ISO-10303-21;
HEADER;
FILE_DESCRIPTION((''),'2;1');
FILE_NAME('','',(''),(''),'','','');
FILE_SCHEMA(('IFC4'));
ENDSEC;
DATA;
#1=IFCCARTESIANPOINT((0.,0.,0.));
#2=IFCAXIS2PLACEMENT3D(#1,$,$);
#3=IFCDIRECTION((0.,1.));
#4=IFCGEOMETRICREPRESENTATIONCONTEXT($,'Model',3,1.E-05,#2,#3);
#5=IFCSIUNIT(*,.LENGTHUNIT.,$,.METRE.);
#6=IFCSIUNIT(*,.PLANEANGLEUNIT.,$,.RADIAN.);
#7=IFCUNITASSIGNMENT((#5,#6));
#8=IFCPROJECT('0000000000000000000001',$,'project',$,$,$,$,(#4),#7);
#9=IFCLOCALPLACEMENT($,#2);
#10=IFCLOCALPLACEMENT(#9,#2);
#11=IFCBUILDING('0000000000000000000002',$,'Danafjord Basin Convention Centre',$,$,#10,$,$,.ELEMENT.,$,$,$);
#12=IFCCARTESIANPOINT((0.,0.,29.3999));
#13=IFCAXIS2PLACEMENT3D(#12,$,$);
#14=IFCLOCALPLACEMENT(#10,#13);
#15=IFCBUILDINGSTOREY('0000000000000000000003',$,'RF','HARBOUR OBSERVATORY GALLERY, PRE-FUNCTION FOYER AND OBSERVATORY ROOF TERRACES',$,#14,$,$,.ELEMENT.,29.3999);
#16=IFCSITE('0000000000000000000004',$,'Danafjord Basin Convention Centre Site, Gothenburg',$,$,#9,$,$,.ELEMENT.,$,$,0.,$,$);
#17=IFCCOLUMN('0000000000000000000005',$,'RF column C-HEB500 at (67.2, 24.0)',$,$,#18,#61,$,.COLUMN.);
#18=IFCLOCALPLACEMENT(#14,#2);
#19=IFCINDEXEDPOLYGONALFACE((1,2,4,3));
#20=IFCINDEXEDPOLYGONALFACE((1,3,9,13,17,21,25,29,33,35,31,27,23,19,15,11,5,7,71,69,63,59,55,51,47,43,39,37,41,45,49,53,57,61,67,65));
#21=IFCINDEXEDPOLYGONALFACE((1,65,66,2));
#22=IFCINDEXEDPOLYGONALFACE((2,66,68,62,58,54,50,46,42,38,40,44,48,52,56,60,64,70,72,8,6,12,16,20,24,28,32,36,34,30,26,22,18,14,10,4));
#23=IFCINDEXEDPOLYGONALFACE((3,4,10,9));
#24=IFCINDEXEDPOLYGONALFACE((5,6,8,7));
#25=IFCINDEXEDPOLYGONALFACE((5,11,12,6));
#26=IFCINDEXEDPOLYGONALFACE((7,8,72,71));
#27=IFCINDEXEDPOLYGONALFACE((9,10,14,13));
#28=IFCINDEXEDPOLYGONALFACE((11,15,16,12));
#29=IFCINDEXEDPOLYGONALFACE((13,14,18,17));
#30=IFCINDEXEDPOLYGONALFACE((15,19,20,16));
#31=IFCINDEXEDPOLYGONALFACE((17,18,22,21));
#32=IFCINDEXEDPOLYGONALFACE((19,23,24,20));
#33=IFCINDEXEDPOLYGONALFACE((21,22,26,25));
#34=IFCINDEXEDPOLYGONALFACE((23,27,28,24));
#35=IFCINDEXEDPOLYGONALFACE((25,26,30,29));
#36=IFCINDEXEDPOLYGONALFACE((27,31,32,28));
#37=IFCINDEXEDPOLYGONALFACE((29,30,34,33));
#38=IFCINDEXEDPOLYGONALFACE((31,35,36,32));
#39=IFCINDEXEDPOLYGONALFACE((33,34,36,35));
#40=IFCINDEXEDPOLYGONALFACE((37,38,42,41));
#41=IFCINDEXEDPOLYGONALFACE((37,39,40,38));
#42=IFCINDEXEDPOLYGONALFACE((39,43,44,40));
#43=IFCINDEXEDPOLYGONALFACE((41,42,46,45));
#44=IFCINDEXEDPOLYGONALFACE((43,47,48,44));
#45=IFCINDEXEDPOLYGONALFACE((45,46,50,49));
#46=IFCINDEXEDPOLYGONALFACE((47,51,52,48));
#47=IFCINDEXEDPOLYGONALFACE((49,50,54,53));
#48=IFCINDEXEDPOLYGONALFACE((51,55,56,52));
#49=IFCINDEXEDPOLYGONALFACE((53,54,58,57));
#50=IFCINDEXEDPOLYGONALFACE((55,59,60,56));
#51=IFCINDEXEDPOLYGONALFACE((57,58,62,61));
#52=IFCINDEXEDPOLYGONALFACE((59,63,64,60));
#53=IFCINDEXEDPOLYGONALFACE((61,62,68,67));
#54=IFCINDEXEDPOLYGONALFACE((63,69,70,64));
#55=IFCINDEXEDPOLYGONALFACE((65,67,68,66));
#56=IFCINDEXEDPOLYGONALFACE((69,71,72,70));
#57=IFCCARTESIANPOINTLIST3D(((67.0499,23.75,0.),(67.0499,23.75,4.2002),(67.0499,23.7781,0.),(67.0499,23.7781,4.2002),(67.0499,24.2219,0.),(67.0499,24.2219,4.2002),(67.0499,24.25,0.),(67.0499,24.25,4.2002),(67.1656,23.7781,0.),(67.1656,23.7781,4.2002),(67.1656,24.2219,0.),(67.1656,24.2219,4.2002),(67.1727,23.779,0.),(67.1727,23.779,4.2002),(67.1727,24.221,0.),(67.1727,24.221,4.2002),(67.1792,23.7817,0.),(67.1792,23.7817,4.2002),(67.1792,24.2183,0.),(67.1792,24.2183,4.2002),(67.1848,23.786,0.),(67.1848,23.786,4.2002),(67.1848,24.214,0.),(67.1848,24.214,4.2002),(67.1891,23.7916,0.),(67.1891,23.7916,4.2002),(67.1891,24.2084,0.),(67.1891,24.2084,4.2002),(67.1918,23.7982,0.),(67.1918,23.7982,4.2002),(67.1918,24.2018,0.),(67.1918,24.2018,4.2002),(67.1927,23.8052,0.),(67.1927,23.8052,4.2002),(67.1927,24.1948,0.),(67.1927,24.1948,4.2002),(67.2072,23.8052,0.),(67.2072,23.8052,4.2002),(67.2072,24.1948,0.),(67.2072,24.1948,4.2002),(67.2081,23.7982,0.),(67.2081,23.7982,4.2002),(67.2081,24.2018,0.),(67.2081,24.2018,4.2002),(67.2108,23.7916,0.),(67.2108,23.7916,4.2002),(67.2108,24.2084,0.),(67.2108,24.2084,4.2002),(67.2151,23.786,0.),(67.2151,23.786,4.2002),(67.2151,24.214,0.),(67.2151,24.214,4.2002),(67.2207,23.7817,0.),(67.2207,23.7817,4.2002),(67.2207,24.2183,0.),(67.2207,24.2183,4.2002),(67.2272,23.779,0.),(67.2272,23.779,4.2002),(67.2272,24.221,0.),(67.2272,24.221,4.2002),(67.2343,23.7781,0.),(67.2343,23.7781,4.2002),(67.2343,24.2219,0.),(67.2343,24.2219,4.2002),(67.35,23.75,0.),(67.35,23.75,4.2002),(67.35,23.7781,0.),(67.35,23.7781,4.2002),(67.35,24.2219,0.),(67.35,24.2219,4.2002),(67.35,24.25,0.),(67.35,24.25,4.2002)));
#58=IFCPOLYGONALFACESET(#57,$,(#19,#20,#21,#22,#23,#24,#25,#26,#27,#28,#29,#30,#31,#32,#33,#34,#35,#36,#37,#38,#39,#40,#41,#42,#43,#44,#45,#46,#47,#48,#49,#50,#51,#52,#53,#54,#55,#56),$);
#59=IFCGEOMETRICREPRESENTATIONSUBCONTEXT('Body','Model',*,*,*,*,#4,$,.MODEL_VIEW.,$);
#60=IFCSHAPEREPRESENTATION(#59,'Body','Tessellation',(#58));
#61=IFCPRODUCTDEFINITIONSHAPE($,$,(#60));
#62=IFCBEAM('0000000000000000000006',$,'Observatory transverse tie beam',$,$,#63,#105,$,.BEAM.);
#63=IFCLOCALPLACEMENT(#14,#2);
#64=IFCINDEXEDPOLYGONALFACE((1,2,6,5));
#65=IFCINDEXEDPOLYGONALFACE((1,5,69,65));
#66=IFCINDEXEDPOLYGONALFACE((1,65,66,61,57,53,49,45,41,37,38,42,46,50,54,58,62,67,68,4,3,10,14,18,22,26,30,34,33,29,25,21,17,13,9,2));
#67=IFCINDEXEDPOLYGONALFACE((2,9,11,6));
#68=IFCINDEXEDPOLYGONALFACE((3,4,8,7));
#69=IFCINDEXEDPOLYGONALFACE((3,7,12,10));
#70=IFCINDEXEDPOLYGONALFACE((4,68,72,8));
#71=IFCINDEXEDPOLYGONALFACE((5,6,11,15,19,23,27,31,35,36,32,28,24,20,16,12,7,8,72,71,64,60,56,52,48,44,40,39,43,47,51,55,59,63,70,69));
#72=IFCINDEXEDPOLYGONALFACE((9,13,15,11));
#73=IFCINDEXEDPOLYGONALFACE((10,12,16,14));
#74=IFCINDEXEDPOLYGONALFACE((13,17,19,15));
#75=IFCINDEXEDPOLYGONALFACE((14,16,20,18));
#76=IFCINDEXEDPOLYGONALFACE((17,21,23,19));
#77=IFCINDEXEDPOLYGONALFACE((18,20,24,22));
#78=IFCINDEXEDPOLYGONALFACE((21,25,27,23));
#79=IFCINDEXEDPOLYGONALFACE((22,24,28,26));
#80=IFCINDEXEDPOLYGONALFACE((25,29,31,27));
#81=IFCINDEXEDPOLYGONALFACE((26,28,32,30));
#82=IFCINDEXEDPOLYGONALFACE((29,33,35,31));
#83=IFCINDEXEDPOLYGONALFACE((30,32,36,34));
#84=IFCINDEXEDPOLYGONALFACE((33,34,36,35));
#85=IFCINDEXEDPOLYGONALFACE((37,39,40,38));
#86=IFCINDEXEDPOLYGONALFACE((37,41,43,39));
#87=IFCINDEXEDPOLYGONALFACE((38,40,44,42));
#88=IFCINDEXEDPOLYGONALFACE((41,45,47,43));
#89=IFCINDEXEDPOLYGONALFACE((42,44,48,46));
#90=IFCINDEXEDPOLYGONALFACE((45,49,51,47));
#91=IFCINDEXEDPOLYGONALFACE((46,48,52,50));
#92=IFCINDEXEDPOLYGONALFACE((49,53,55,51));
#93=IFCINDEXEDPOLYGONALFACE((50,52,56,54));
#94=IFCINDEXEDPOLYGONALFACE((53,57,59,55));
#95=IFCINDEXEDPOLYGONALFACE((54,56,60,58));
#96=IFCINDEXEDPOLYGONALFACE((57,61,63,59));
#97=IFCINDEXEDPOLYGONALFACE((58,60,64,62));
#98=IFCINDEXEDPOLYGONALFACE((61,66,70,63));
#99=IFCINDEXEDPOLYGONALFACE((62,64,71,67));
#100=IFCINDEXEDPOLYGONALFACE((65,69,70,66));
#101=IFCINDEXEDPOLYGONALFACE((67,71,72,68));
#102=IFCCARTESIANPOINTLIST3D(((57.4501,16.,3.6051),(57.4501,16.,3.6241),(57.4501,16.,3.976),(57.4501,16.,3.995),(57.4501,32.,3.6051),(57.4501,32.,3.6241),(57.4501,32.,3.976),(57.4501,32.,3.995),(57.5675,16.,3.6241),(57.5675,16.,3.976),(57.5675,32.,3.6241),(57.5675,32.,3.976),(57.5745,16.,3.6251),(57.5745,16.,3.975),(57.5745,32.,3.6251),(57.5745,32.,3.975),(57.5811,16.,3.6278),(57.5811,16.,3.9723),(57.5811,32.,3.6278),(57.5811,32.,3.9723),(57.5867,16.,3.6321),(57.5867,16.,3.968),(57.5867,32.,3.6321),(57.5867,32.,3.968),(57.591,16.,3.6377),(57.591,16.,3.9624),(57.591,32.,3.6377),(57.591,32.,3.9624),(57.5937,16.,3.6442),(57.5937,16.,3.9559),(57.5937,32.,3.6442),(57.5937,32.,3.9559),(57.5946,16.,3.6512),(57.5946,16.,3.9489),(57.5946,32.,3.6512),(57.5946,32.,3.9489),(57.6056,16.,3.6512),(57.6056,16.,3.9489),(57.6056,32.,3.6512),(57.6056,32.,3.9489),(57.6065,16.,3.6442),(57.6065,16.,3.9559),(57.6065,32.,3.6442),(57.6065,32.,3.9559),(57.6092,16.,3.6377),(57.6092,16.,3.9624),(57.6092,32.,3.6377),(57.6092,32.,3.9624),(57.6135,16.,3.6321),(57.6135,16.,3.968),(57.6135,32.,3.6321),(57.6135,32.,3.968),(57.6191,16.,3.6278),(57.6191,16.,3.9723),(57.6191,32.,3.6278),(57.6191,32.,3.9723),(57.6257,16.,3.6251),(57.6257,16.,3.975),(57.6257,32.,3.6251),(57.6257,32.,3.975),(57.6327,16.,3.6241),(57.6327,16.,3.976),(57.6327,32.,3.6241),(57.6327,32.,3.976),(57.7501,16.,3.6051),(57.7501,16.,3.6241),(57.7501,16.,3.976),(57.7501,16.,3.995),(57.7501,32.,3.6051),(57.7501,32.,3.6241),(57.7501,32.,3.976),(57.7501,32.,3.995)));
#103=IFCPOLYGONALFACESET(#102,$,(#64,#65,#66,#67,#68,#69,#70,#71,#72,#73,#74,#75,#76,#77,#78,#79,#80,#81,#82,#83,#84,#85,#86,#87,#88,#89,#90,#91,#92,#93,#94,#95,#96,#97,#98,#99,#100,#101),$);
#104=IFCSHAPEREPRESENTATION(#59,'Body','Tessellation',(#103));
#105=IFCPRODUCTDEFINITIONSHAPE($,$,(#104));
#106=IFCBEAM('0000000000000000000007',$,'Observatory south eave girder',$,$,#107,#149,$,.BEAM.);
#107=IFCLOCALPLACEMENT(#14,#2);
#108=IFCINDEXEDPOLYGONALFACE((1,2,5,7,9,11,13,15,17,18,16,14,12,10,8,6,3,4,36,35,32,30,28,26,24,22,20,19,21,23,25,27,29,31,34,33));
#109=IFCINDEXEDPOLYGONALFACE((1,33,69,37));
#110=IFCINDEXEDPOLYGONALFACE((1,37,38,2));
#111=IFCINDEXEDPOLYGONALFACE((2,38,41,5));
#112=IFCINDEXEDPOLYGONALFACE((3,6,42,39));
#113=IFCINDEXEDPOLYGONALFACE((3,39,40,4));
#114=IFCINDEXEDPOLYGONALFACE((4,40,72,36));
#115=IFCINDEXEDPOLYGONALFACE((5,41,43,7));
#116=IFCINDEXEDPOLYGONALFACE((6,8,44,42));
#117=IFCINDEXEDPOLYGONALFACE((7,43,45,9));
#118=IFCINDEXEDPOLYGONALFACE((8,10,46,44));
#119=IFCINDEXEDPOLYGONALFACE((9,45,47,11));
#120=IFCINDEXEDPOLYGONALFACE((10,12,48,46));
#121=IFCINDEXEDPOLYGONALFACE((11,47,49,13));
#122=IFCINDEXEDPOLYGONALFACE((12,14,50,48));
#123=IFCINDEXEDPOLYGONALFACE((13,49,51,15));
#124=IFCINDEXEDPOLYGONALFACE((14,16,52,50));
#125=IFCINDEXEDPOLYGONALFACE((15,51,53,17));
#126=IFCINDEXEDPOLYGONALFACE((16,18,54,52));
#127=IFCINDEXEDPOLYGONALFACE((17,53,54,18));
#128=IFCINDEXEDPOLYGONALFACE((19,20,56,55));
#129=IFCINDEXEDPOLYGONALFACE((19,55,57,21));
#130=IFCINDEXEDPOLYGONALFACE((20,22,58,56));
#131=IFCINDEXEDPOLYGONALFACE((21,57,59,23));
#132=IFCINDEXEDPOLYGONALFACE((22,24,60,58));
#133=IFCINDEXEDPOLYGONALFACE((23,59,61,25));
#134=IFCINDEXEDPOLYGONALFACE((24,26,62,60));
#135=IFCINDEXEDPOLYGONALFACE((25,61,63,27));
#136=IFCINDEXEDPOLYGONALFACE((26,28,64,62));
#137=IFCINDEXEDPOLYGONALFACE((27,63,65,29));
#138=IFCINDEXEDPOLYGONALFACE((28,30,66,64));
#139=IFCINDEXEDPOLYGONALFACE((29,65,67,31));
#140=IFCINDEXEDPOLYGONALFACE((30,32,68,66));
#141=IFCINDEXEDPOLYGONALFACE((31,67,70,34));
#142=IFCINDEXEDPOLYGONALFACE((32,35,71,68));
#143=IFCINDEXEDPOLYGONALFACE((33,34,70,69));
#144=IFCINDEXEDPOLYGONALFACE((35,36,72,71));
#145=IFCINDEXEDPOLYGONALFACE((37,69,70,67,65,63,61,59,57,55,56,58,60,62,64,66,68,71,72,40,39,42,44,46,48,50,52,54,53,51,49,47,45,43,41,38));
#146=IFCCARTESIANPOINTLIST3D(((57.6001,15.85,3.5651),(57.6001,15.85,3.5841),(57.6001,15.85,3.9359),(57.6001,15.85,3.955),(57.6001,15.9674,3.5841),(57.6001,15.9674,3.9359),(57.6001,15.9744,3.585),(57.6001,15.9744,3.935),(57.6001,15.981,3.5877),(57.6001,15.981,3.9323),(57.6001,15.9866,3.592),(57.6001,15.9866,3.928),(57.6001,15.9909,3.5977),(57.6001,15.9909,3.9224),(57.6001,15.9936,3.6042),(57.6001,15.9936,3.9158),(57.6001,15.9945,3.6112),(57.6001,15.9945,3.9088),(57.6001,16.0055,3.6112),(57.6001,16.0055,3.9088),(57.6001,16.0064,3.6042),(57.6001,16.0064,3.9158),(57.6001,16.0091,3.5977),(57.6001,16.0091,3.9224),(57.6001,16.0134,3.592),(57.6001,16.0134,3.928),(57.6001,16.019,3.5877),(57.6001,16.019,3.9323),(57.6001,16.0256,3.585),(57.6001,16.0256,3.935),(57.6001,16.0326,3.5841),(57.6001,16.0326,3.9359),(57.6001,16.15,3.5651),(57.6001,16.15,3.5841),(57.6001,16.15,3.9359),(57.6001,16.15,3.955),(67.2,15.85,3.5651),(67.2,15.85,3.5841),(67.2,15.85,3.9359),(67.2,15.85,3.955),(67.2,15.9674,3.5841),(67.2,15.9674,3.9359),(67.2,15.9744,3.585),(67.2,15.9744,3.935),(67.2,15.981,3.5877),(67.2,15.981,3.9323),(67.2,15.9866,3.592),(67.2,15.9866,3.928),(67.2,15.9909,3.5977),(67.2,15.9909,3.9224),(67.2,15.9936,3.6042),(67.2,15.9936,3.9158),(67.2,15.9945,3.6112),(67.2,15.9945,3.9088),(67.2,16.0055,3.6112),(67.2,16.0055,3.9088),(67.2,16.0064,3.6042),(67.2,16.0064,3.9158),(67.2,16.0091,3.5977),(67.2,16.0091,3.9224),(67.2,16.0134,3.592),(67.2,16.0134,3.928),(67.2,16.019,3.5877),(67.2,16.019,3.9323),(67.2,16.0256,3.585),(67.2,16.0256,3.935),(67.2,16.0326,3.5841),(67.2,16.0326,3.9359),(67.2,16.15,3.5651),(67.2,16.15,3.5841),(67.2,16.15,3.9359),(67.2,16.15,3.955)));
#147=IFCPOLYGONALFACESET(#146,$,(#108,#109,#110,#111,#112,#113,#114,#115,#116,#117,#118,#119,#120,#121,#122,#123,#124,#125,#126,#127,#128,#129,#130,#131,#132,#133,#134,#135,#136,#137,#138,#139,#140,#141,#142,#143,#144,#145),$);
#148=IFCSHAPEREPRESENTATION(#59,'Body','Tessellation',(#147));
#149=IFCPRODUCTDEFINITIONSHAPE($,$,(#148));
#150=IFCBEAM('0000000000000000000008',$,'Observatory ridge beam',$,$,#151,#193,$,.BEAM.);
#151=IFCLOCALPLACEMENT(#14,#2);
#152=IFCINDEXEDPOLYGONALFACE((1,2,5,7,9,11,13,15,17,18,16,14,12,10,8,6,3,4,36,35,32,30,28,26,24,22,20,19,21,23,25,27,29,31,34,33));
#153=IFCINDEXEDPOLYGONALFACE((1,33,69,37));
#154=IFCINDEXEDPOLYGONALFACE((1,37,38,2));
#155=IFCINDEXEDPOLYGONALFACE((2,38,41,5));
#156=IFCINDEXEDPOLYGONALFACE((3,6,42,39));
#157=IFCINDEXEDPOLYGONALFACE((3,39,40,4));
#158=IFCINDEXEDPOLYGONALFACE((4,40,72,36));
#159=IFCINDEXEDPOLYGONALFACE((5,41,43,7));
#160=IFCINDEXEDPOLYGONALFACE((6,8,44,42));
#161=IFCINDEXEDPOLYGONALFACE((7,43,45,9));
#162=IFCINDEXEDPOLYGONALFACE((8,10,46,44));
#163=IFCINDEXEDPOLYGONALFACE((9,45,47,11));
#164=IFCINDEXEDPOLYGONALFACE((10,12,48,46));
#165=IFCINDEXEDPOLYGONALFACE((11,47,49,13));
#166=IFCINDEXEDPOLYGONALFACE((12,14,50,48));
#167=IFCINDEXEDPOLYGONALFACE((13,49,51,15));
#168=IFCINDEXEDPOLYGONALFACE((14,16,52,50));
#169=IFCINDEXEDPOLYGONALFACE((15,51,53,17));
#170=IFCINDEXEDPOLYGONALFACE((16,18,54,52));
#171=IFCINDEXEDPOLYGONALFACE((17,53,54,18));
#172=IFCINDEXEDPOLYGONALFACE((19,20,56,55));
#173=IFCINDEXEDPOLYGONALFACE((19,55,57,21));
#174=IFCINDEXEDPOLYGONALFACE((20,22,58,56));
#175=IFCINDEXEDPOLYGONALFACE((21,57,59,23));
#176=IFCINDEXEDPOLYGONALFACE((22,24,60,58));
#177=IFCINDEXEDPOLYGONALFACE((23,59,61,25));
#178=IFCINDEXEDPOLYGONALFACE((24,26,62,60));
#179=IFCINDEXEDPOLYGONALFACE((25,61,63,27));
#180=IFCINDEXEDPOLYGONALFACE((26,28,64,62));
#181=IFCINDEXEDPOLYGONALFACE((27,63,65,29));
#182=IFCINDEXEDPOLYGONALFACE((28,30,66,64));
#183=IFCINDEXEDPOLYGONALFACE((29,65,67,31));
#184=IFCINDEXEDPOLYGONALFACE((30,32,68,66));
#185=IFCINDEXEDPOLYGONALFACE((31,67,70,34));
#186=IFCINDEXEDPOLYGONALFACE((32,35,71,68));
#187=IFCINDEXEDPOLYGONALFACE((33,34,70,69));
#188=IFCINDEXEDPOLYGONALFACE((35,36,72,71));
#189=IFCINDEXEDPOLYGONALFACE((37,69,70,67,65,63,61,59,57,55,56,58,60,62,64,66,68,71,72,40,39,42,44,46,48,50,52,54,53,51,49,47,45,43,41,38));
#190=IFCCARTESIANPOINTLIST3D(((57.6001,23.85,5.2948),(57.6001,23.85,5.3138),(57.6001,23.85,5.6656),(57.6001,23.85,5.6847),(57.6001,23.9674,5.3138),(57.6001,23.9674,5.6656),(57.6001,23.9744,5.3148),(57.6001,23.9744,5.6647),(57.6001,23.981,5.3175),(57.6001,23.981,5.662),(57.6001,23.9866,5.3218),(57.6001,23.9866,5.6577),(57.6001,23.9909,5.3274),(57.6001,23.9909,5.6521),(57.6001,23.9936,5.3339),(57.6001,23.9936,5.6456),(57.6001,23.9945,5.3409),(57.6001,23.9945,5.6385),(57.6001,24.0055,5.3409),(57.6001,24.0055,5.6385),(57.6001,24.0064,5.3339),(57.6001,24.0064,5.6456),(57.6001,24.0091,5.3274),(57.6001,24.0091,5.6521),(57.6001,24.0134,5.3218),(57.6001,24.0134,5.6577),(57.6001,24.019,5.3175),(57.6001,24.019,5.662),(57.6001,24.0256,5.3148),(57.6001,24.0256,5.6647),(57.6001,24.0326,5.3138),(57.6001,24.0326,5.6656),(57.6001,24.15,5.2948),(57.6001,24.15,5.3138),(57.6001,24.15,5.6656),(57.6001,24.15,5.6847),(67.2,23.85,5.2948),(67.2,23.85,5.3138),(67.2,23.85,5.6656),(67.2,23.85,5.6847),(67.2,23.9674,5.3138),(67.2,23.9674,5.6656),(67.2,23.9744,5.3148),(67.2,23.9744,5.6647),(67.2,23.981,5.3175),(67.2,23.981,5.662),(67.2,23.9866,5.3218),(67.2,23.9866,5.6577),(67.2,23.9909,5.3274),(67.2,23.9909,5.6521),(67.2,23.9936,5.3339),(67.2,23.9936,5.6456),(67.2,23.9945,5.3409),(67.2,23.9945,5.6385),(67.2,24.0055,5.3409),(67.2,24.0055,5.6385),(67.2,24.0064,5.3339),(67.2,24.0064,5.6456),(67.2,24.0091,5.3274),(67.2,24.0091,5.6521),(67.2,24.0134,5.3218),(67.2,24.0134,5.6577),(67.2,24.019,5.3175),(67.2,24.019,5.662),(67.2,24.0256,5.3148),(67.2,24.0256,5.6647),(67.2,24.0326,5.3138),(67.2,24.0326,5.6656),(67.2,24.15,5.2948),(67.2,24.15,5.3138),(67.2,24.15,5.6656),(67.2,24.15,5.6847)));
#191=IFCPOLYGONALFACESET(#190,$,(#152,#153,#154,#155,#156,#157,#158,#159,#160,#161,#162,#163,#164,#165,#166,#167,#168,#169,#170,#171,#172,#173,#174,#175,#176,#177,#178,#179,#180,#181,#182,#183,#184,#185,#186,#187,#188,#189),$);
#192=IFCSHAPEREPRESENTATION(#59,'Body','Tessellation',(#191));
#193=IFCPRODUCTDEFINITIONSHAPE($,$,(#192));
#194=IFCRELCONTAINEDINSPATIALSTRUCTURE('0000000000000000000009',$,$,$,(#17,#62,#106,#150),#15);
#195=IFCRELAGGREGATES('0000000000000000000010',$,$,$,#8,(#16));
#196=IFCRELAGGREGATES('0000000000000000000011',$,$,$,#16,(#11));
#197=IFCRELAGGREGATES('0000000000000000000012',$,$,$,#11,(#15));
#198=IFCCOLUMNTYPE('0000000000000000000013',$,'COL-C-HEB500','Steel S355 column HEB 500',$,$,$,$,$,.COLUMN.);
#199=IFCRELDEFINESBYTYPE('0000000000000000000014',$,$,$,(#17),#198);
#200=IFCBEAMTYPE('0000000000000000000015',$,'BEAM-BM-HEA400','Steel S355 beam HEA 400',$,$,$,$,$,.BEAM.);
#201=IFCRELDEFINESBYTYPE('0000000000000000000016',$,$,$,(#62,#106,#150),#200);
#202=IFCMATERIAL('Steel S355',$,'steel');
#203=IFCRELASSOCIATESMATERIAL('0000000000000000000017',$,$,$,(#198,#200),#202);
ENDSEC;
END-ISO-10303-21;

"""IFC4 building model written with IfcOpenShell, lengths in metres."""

from ifc_helpers import new_model, si_unit, direction, frame, origin, origin_2d, place, context, subcontext, project, spatial, i_section, extrude, material, material_profile, profile_set, type_object, element, save


model = new_model("IFC4")

# Units and contexts
model_context = context("Model", 3, precision=1e-05, world=origin(), true_north=direction((0.0, 1.0)))
body_context = subcontext(model_context, "Body", "Model", "MODEL_VIEW")
ifc_project = project(units=[si_unit("LENGTHUNIT", "METRE"), si_unit("PLANEANGLEUNIT", "RADIAN")], contexts=[model_context])

# Site, building, storey
site_placement = place(None, origin())
site = spatial("IfcSite", under=ifc_project, at=site_placement, Name="Danafjord Basin Convention Centre Site, Gothenburg", CompositionType="ELEMENT", RefElevation=0.0)
building_placement = place(site_placement, origin())
building = spatial("IfcBuilding", under=site, at=building_placement, Name="Danafjord Basin Convention Centre", CompositionType="ELEMENT")
storey_placement = place(building_placement, frame((0.0, 0.0, 29.3999)))
storey = spatial("IfcBuildingStorey", under=building, at=storey_placement, Name="RF", Description="HARBOUR OBSERVATORY GALLERY, PRE-FUNCTION FOYER AND OBSERVATORY ROOF TERRACES", CompositionType="ELEMENT", Elevation=29.3999)

# Column
ifc_material_1 = material(Name="Steel S355", Category="steel")
ifc_material_profile_1 = material_profile(ifc_material_1, i_section(OverallWidth=0.3, OverallDepth=0.5, WebThickness=0.0144, FlangeThickness=0.0281, FilletRadius=0.0271, at=origin_2d()), Name="HEB 500")
ifc_profile_set_1 = profile_set([ifc_material_profile_1], Name="Steel S355")
column_type_1 = type_object("IfcColumnType", Name="COL-C-HEB500", Description="Steel S355 column HEB 500", PredefinedType="COLUMN", material=ifc_profile_set_1)
column_1_placement = place(storey_placement, frame((67.2, 24.0, 0.0), z_axis=(0.0, 0.0, 1.0), x_axis=(1.0, 0.0, 0.0)))
element("IfcColumn", 1, at=column_1_placement, inside=storey, type_object=column_type_1, Name="RF column C-HEB500 at (67.2, 24.0)", PredefinedType="COLUMN", context=body_context, shape_type="SweptSolid", body=[
    extrude(i_section(OverallWidth=0.3, OverallDepth=0.5, WebThickness=0.0144, FlangeThickness=0.0281, FilletRadius=0.0271, at=origin_2d()), origin(), (0.0, 0.0, 1.0), 4.2002),
])

# Beams
ifc_material_profile_2 = material_profile(ifc_material_1, i_section(OverallWidth=0.3, OverallDepth=0.3899, WebThickness=0.011, FlangeThickness=0.019, FilletRadius=0.0271, at=origin_2d()), Name="HEA 400")
ifc_profile_set_2 = profile_set([ifc_material_profile_2], Name="Steel S355")
beam_type_1 = type_object("IfcBeamType", Name="BEAM-BM-HEA400", Description="Steel S355 beam HEA 400", PredefinedType="BEAM", material=ifc_profile_set_2)
beam_1_placement = place(storey_placement, frame((57.6001, 16.0, 3.8), z_axis=(0.0, 1.0, 0.0), x_axis=(-1.0, 0.0, 0.0)))
element("IfcBeam", 2, at=beam_1_placement, inside=storey, type_object=beam_type_1, Name="Observatory transverse tie beam", PredefinedType="BEAM", context=body_context, shape_type="SweptSolid", body=[
    extrude(i_section(OverallWidth=0.3, OverallDepth=0.3899, WebThickness=0.011, FlangeThickness=0.019, FilletRadius=0.0271, at=origin_2d()), origin(), (0.0, 0.0, 1.0), 16.0),
])
for number, where, z_axis, x_axis, name in (
    (3, (57.6001, 16.0, 3.76), (1.0, 0.0, 0.0), (0.0, 1.0, 0.0), "Observatory south eave girder"),
    (4, (57.6001, 24.0, 5.4897), (1.0, 0.0, 0.0), (0.0, 1.0, 0.0), "Observatory ridge beam"),
):
    element("IfcBeam", number, at=place(storey_placement, frame(where, z_axis=z_axis, x_axis=x_axis)), inside=storey, type_object=beam_type_1, Name=name, PredefinedType="BEAM", context=body_context, shape_type="SweptSolid", body=[
        extrude(i_section(OverallWidth=0.3, OverallDepth=0.3899, WebThickness=0.011, FlangeThickness=0.019, FilletRadius=0.0271, at=origin_2d()), origin(), (0.0, 0.0, 1.0), 9.5999),
    ])

save(model, "model.ifc")
